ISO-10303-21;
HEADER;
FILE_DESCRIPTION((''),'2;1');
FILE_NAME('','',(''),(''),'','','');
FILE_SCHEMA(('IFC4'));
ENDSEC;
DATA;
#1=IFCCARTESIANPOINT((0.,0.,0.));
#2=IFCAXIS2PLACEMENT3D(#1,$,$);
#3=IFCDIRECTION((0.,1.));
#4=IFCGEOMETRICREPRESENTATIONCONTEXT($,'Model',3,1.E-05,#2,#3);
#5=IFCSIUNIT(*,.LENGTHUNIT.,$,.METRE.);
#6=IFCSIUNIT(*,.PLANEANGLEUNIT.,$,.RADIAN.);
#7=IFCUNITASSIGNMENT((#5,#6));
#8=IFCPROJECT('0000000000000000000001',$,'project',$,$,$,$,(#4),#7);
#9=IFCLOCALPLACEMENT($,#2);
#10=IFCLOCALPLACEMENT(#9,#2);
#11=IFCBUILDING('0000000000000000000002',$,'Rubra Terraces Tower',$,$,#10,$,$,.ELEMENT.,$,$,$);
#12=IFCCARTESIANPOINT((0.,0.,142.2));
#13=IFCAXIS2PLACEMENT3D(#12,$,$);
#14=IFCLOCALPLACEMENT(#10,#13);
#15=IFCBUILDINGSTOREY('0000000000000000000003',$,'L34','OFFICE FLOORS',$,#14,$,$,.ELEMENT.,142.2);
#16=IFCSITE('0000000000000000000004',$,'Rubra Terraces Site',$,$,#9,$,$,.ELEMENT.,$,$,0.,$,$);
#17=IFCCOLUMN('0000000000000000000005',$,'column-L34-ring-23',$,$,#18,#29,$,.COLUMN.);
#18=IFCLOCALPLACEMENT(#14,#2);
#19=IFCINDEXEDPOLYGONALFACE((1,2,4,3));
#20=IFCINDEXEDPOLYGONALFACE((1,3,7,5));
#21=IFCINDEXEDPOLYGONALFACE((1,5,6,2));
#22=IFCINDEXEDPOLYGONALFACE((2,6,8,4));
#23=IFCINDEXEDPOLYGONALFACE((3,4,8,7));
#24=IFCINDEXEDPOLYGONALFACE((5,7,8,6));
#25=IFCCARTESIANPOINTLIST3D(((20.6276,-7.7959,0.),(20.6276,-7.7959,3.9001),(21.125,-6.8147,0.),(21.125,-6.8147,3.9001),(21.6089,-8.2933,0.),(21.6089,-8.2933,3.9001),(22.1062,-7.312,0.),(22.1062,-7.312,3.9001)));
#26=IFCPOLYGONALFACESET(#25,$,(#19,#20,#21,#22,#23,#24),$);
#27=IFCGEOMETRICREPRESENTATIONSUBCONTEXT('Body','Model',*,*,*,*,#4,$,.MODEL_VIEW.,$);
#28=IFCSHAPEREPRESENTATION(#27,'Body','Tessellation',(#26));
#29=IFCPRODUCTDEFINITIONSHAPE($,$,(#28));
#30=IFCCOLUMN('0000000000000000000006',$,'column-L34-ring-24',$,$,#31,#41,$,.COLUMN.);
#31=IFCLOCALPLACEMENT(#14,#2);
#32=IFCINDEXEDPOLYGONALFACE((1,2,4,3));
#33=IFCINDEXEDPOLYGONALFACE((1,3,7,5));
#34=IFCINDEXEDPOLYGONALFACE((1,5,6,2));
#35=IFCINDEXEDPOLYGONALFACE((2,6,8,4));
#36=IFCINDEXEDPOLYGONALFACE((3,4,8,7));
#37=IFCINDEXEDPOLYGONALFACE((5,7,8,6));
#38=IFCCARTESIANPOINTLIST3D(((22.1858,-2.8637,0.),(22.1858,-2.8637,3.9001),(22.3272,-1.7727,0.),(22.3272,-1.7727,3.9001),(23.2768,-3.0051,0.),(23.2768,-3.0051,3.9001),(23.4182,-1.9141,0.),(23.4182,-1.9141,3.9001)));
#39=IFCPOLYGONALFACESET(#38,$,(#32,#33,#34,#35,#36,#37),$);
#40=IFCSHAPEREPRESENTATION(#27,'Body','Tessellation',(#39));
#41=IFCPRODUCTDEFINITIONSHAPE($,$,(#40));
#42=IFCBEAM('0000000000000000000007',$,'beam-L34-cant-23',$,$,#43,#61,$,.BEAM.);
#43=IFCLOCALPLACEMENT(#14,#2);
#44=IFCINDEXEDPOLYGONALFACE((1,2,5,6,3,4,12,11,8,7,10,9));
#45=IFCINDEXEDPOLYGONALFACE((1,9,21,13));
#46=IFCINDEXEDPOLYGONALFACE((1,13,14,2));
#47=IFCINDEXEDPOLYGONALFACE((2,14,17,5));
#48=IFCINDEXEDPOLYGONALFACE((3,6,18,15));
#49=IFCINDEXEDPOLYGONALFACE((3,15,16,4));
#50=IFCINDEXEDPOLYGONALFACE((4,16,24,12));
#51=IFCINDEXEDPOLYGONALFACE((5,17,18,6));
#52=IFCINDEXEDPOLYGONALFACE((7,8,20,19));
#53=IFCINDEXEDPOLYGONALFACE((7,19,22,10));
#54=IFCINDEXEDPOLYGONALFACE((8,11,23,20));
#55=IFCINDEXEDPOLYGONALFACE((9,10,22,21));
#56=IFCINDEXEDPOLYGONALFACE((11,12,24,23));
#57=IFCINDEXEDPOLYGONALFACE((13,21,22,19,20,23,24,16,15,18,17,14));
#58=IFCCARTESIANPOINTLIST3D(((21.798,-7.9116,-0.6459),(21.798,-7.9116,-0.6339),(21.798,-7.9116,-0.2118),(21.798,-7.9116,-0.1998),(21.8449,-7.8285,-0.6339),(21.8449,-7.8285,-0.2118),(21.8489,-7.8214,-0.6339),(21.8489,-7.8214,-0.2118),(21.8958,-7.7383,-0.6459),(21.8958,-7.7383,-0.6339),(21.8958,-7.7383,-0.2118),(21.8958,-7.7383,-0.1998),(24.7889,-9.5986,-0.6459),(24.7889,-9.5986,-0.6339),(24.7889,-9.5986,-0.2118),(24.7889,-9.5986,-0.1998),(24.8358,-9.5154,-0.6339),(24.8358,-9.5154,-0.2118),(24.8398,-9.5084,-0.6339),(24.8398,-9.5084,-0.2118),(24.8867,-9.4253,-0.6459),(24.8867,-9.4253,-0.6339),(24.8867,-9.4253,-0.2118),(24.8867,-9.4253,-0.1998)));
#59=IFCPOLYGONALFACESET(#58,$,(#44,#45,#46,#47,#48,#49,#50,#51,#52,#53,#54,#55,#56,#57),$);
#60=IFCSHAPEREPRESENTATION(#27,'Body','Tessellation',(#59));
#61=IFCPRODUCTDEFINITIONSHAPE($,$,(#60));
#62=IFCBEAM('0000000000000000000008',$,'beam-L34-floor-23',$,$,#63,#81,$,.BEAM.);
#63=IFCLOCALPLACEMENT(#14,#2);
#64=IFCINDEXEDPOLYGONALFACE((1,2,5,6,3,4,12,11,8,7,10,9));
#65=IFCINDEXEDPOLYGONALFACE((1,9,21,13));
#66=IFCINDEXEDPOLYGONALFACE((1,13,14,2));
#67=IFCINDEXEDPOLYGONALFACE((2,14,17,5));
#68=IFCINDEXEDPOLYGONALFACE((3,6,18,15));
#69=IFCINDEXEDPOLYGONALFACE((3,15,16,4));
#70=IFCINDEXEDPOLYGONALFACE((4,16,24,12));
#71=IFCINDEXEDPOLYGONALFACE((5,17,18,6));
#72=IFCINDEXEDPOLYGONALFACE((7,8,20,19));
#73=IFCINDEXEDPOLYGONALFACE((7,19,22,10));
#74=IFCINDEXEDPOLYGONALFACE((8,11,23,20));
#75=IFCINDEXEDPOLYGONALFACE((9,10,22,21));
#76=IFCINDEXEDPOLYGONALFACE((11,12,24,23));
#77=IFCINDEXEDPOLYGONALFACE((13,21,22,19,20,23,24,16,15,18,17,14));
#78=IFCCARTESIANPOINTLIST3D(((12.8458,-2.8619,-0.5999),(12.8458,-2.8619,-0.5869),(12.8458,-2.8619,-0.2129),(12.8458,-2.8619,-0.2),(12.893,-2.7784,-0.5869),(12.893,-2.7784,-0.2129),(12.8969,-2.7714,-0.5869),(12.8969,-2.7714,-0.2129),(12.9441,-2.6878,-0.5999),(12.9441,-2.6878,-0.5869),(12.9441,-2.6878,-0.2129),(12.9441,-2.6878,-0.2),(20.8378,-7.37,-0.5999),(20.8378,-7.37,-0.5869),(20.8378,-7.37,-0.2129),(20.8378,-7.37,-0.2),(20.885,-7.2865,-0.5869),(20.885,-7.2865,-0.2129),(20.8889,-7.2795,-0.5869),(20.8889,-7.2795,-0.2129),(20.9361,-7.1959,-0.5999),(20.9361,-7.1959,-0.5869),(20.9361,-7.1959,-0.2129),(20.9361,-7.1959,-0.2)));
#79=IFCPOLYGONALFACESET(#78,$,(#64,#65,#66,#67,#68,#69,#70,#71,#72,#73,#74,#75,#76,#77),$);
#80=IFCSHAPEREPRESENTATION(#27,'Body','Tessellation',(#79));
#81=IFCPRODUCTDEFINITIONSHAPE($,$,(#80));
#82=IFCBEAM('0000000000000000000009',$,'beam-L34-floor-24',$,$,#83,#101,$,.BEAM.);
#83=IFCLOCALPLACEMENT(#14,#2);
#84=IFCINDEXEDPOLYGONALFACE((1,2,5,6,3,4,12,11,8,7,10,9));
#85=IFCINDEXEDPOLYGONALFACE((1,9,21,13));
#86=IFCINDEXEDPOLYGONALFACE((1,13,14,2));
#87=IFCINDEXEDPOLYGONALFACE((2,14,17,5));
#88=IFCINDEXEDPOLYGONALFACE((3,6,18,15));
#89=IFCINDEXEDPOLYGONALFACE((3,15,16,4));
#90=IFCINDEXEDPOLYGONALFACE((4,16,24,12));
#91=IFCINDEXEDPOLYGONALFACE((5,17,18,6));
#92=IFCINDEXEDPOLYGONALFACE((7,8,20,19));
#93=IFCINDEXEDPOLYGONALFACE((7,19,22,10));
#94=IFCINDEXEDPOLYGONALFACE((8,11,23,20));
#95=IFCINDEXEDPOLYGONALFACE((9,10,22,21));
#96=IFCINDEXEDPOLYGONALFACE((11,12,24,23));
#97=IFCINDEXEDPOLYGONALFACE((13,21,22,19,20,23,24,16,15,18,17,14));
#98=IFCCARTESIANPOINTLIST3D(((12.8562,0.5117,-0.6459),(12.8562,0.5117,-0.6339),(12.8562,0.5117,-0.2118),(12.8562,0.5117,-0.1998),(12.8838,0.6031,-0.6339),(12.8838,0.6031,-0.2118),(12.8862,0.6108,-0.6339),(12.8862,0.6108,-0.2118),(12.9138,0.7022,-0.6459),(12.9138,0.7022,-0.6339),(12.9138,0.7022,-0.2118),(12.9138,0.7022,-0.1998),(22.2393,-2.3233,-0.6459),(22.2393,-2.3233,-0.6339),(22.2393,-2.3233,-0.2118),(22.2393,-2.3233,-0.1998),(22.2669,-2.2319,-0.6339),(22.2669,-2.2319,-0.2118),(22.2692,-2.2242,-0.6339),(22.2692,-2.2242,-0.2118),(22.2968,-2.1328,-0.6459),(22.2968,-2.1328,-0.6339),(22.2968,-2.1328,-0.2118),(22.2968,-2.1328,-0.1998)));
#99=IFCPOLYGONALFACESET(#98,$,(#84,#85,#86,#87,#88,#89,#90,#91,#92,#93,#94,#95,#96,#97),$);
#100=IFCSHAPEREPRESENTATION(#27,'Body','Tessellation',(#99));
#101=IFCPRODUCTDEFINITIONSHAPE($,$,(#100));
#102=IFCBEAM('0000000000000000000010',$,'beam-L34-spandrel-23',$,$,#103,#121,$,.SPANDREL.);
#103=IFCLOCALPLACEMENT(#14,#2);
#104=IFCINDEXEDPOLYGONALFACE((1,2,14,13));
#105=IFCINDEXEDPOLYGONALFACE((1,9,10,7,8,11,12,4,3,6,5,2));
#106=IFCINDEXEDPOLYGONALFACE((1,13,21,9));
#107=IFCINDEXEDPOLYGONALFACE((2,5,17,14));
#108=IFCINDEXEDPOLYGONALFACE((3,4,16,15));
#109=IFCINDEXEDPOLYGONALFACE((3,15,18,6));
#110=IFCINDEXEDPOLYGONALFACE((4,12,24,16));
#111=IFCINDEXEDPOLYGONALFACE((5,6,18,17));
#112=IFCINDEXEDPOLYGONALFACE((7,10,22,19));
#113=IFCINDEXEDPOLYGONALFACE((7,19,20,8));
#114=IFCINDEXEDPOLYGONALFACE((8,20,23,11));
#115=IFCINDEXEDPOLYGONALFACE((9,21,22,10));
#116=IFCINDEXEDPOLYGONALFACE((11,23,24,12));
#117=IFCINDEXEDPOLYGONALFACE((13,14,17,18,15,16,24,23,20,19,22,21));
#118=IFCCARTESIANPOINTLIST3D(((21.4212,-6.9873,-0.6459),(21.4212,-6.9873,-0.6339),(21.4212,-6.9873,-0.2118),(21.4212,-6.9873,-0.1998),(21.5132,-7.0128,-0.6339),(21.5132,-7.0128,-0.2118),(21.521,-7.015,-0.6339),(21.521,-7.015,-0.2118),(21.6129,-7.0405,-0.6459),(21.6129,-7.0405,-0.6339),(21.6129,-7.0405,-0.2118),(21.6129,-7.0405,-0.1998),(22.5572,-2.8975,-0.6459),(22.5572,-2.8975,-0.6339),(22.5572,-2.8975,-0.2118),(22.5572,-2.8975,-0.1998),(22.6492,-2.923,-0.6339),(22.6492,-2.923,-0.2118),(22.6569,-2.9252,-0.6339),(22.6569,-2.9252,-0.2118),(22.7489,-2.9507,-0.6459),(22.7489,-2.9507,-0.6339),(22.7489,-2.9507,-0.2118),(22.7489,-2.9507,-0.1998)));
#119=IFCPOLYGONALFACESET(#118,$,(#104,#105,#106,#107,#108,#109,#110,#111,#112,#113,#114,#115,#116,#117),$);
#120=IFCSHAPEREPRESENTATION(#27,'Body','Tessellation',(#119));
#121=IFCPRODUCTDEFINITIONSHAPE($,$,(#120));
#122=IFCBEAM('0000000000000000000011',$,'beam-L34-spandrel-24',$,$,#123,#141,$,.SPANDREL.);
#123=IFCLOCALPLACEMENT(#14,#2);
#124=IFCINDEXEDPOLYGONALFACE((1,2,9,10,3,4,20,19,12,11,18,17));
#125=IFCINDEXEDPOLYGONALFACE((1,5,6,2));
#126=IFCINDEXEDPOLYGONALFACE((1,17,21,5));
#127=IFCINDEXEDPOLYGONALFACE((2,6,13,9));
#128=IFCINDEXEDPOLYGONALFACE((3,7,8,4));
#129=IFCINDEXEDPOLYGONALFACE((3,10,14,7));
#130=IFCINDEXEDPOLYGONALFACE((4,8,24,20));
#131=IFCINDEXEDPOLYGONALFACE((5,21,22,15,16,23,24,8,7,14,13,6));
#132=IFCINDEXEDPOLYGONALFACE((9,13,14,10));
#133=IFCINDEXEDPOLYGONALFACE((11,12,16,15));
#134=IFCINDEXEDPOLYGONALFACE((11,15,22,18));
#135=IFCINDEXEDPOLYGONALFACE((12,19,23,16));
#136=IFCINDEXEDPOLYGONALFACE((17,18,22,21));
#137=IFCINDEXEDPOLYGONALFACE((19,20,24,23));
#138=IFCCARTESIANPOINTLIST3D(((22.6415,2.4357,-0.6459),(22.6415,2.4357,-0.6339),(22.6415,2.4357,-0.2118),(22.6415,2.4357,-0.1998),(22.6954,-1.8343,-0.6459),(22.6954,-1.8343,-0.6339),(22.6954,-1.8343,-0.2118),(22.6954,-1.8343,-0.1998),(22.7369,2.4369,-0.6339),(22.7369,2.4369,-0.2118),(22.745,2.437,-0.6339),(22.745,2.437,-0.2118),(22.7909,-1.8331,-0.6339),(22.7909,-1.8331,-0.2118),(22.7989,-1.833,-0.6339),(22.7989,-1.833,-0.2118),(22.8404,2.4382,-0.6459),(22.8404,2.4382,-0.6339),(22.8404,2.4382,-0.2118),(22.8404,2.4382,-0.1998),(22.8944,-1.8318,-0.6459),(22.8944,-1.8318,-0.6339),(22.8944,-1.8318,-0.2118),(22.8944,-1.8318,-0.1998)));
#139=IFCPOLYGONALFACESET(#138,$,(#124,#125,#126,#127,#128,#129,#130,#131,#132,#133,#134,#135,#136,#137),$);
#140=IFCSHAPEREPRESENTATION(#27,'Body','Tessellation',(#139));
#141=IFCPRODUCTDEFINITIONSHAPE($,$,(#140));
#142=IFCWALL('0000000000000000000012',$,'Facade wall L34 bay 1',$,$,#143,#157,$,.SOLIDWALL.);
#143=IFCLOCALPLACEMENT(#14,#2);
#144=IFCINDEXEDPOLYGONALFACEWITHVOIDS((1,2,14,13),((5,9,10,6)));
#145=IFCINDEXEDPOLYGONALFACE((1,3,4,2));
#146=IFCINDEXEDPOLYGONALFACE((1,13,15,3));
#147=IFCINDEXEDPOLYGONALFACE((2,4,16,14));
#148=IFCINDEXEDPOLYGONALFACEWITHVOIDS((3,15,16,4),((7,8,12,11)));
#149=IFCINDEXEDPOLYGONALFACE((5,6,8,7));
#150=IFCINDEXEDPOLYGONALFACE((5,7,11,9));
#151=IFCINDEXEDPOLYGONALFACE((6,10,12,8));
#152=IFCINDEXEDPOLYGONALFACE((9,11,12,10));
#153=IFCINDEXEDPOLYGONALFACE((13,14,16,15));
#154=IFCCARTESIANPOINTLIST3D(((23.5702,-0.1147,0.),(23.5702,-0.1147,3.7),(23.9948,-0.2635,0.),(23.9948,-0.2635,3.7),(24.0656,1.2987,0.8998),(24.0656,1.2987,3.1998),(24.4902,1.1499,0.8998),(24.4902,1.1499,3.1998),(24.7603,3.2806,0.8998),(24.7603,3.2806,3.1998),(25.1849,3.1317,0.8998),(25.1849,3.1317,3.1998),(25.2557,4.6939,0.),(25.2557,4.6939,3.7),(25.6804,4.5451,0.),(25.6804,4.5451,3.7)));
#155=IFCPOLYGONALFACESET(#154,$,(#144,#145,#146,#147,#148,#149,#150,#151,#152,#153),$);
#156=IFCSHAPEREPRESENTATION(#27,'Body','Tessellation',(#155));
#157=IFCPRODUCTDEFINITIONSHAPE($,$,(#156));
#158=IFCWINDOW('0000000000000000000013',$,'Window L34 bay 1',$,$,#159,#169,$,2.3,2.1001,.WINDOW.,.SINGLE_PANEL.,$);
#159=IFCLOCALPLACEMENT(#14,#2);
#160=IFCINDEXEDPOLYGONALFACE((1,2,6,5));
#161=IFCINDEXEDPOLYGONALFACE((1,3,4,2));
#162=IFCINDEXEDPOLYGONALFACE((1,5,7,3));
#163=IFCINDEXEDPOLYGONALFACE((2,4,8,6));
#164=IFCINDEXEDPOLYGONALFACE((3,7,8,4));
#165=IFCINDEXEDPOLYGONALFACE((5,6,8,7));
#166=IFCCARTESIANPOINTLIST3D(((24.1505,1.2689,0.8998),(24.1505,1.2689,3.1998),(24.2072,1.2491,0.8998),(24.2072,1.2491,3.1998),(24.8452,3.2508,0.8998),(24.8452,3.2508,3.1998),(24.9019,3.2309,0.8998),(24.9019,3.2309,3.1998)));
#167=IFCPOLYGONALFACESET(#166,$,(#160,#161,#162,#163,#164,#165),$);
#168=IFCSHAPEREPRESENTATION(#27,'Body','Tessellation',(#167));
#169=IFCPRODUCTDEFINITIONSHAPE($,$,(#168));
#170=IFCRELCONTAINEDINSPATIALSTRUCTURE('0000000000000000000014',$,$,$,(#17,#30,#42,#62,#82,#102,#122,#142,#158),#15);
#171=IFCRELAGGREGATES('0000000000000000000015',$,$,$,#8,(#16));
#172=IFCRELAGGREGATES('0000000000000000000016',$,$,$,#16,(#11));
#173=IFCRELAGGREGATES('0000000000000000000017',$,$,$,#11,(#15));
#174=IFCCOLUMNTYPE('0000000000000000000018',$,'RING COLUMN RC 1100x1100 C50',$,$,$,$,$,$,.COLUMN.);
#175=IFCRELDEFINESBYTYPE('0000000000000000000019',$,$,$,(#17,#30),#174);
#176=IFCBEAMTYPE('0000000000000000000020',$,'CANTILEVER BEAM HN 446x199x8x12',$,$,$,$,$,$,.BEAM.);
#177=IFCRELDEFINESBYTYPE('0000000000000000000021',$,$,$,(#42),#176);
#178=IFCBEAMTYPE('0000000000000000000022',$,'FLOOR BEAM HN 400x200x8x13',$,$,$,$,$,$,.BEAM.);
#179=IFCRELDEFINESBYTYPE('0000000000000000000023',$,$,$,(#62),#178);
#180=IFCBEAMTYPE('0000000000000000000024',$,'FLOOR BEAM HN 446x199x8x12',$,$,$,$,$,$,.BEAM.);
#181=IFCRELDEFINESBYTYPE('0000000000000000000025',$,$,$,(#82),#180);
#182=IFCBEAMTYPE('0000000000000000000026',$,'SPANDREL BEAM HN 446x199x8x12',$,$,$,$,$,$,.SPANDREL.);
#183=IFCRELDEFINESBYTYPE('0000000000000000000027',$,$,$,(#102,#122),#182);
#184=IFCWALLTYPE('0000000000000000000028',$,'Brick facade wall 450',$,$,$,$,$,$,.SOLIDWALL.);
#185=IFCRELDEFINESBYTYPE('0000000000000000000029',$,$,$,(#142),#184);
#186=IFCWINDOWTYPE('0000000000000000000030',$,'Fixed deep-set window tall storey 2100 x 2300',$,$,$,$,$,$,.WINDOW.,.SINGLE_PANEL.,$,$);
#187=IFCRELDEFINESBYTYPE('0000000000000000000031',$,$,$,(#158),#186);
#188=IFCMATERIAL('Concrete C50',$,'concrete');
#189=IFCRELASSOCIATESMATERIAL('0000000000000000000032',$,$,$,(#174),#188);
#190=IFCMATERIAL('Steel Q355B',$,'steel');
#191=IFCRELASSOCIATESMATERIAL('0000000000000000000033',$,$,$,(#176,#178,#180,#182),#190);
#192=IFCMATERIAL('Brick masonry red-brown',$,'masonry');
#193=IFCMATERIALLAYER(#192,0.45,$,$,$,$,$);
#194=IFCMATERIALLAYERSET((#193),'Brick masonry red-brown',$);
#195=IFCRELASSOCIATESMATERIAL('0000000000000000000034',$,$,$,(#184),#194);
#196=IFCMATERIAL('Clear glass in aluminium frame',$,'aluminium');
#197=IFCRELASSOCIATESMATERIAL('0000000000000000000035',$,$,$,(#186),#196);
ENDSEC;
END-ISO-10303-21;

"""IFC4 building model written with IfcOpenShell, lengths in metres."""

from ifc_helpers import new_model, si_unit, direction, frame, frame_2d, origin, origin_2d, place, context, subcontext, project, spatial, rectangle, i_section, extrude, material, layer, layer_set, material_profile, profile_set, type_object, element, fill, save


model = new_model("IFC4")

# Units and contexts
model_context = context("Model", 3, precision=1e-05, world=origin(), true_north=direction((0.0, 1.0)))
body_context = subcontext(model_context, "Body", "Model", "MODEL_VIEW")
ifc_project = project(units=[si_unit("LENGTHUNIT", "METRE"), si_unit("PLANEANGLEUNIT", "RADIAN")], contexts=[model_context])

# Site, building, storey
site_placement = place(None, origin())
site = spatial("IfcSite", under=ifc_project, at=site_placement, Name="Rubra Terraces Site", CompositionType="ELEMENT", RefElevation=0.0)
building_placement = place(site_placement, origin())
building = spatial("IfcBuilding", under=site, at=building_placement, Name="Rubra Terraces Tower", CompositionType="ELEMENT")
storey_placement = place(building_placement, frame((0.0, 0.0, 142.2)))
storey = spatial("IfcBuildingStorey", under=building, at=storey_placement, Name="L34", Description="OFFICE FLOORS", CompositionType="ELEMENT", Elevation=142.2)

# Columns
ifc_material_1 = material(Name="Concrete C50", Category="concrete")
ifc_material_profile_1 = material_profile(ifc_material_1, rectangle(XDim=1.1001, YDim=1.1001, at=origin_2d()), Name="RC 1100x1100")
ifc_profile_set_1 = profile_set([ifc_material_profile_1], Name="Concrete C50")
column_type = type_object("IfcColumnType", Name="RING COLUMN RC 1100x1100 C50", PredefinedType="COLUMN", material=ifc_profile_set_1)
for number, where, z_axis, x_axis, name in (
    (1, (21.3669, -7.554, 0.0), (0.0, 0.0, 1.0), (0.452079, 0.891978, 0.0), "column-L34-ring-23"),
    (2, (22.802, -2.3889, 0.0), (0.0, 0.0, 1.0), (0.128535, 0.991705, 0.0), "column-L34-ring-24"),
):
    element("IfcColumn", number, at=place(storey_placement, frame(where, z_axis=z_axis, x_axis=x_axis)), inside=storey, type_object=column_type, Name=name, PredefinedType="COLUMN", context=body_context, shape_type="SweptSolid", body=[
        extrude(rectangle(XDim=1.1001, YDim=1.1001, at=origin_2d()), origin(), (0.0, 0.0, 1.0), 3.9001),
    ])

# Beams
ifc_material_2 = material(Name="Steel Q355B", Category="steel")
ifc_material_profile_2 = material_profile(ifc_material_2, i_section(OverallWidth=0.199, OverallDepth=0.446, WebThickness=0.0081, FlangeThickness=0.012, at=origin_2d()), Name="HN 446x199x8x12")
ifc_profile_set_2 = profile_set([ifc_material_profile_2], Name="Steel Q355B")
beam_type_1 = type_object("IfcBeamType", Name="CANTILEVER BEAM HN 446x199x8x12", PredefinedType="BEAM", material=ifc_profile_set_2)
beam_1_placement = place(storey_placement, frame((21.8469, -7.825, -0.4229), z_axis=(0.871003, -0.491277, 0.0), x_axis=(0.491277, 0.871003, 0.0)))
element("IfcBeam", 3, at=beam_1_placement, inside=storey, type_object=beam_type_1, Name="beam-L34-cant-23", PredefinedType="BEAM", context=body_context, shape_type="SweptSolid", body=[
    extrude(i_section(OverallWidth=0.199, OverallDepth=0.446, WebThickness=0.0081, FlangeThickness=0.012, at=origin_2d()), origin(), (0.0, 0.0, 1.0), 3.4338),
])
ifc_material_profile_3 = material_profile(ifc_material_2, i_section(OverallWidth=0.2, OverallDepth=0.3999, WebThickness=0.0081, FlangeThickness=0.0129, at=origin_2d()), Name="HN 400x200x8x13")
ifc_profile_set_3 = profile_set([ifc_material_profile_3], Name="Steel Q355B")
beam_type_2 = type_object("IfcBeamType", Name="FLOOR BEAM HN 400x200x8x13", PredefinedType="BEAM", material=ifc_profile_set_3)
beam_2_placement = place(storey_placement, frame((20.887, -7.283, -0.3999), z_axis=(-0.870989, 0.491303, 0.0), x_axis=(-0.491303, -0.870989, 0.0)))
element("IfcBeam", 4, at=beam_2_placement, inside=storey, type_object=beam_type_2, Name="beam-L34-floor-23", PredefinedType="BEAM", context=body_context, shape_type="SweptSolid", body=[
    extrude(i_section(OverallWidth=0.2, OverallDepth=0.3999, WebThickness=0.0081, FlangeThickness=0.0129, at=origin_2d()), origin(), (0.0, 0.0, 1.0), 9.1758),
])
ifc_material_profile_4 = material_profile(ifc_material_2, i_section(OverallWidth=0.199, OverallDepth=0.446, WebThickness=0.0081, FlangeThickness=0.012, at=origin_2d()), Name="HN 446x199x8x12")
ifc_profile_set_4 = profile_set([ifc_material_profile_4], Name="Steel Q355B")
beam_type_3 = type_object("IfcBeamType", Name="FLOOR BEAM HN 446x199x8x12", PredefinedType="BEAM", material=ifc_profile_set_4)
beam_3_placement = place(storey_placement, frame((22.2681, -2.228, -0.4229), z_axis=(-0.957262, 0.289223, 0.0), x_axis=(-0.289223, -0.957262, 0.0)))
element("IfcBeam", 5, at=beam_3_placement, inside=storey, type_object=beam_type_3, Name="beam-L34-floor-24", PredefinedType="BEAM", context=body_context, shape_type="SweptSolid", body=[
    extrude(i_section(OverallWidth=0.199, OverallDepth=0.446, WebThickness=0.0081, FlangeThickness=0.012, at=origin_2d()), origin(), (0.0, 0.0, 1.0), 9.802),
])
ifc_material_profile_5 = material_profile(ifc_material_2, i_section(OverallWidth=0.199, OverallDepth=0.446, WebThickness=0.0081, FlangeThickness=0.012, at=origin_2d()), Name="HN 446x199x8x12")
ifc_profile_set_5 = profile_set([ifc_material_profile_5], Name="Steel Q355B")
beam_type_4 = type_object("IfcBeamType", Name="SPANDREL BEAM HN 446x199x8x12", PredefinedType="SPANDREL", material=ifc_profile_set_5)
beam_4_placement = place(storey_placement, frame((21.5171, -7.0139, -0.4229), z_axis=(0.267626, 0.963523, 0.0), x_axis=(-0.963523, 0.267626, 0.0)))
element("IfcBeam", 6, at=beam_4_placement, inside=storey, type_object=beam_type_4, Name="beam-L34-spandrel-23", PredefinedType="SPANDREL", context=body_context, shape_type="SweptSolid", body=[
    extrude(i_section(OverallWidth=0.199, OverallDepth=0.446, WebThickness=0.0081, FlangeThickness=0.012, at=origin_2d()), origin(), (0.0, 0.0, 1.0), 4.2446),
])
beam_5_placement = place(storey_placement, frame((22.7949, -1.833, -0.4229), z_axis=(-0.012635, 0.99992, 0.0), x_axis=(-0.99992, -0.012635, 0.0)))
element("IfcBeam", 7, at=beam_5_placement, inside=storey, type_object=beam_type_4, Name="beam-L34-spandrel-24", PredefinedType="SPANDREL", context=body_context, shape_type="SweptSolid", body=[
    extrude(i_section(OverallWidth=0.199, OverallDepth=0.446, WebThickness=0.0081, FlangeThickness=0.012, at=origin_2d()), origin(), (0.0, 0.0, 1.0), 4.2703),
])

# Wall, opening, window
ifc_material_3 = material(Name="Brick masonry red-brown", Category="masonry")
ifc_layer_1 = layer(ifc_material_3, 0.45)
ifc_layer_set_1 = layer_set([ifc_layer_1], Name="Brick masonry red-brown")
wall_type_1 = type_object("IfcWallType", Name="Brick facade wall 450", PredefinedType="SOLIDWALL", material=ifc_layer_set_1)
wall_1_placement = place(storey_placement, frame((23.7825, -0.1892, 0.0), z_axis=(0.0, 0.0, 1.0), x_axis=(0.330794, 0.943703, 0.0)))
wall_1 = element("IfcWall", 8, at=wall_1_placement, inside=storey, type_object=wall_type_1, Name="Facade wall L34 bay 1", PredefinedType="SOLIDWALL", context=body_context, shape_type="SweptSolid", body=[
    extrude(rectangle(XDim=5.0955, YDim=0.45, at=frame_2d((2.5479, 0.0))), origin(), (0.0, 0.0, 1.0), 3.7),
])
opening_1_placement = place(wall_1_placement, frame((1.4978, 0.0, 0.8999)))
opening_1 = element("IfcOpeningElement", 9, at=opening_1_placement, cuts=wall_1, PredefinedType="OPENING", context=body_context, shape_type="SweptSolid", body=[
    extrude(rectangle(XDim=2.1001, YDim=2.3, at=frame_2d((1.05, 1.1499))), frame((0.0, 0.2349, 0.0), z_axis=(0.0, -1.0, 0.0), x_axis=(1.0, 0.0, 0.0)), (0.0, 0.0, 1.0), 0.47),
])
ifc_material_4 = material(Name="Clear glass in aluminium frame", Category="aluminium")
window_type = type_object("IfcWindowType", Name="Fixed deep-set window tall storey 2100 x 2300", PartitioningType="SINGLE_PANEL", PredefinedType="WINDOW", material=ifc_material_4)
window_1_placement = place(opening_1_placement, origin())
window_1 = element("IfcWindow", 10, at=window_1_placement, inside=storey, type_object=window_type, Name="Window L34 bay 1", OverallHeight=2.3, OverallWidth=2.1001, PartitioningType="SINGLE_PANEL", PredefinedType="WINDOW", context=body_context, shape_type="SweptSolid", body=[
    extrude(rectangle(XDim=2.1001, YDim=2.3, at=frame_2d((1.05, 1.1499))), frame((0.0, 0.135, 0.0), z_axis=(0.0, -1.0, 0.0), x_axis=(1.0, 0.0, 0.0)), (0.0, 0.0, 1.0), 0.0601),
])
fill(opening_1, window_1)

save(model, "model.ifc")
